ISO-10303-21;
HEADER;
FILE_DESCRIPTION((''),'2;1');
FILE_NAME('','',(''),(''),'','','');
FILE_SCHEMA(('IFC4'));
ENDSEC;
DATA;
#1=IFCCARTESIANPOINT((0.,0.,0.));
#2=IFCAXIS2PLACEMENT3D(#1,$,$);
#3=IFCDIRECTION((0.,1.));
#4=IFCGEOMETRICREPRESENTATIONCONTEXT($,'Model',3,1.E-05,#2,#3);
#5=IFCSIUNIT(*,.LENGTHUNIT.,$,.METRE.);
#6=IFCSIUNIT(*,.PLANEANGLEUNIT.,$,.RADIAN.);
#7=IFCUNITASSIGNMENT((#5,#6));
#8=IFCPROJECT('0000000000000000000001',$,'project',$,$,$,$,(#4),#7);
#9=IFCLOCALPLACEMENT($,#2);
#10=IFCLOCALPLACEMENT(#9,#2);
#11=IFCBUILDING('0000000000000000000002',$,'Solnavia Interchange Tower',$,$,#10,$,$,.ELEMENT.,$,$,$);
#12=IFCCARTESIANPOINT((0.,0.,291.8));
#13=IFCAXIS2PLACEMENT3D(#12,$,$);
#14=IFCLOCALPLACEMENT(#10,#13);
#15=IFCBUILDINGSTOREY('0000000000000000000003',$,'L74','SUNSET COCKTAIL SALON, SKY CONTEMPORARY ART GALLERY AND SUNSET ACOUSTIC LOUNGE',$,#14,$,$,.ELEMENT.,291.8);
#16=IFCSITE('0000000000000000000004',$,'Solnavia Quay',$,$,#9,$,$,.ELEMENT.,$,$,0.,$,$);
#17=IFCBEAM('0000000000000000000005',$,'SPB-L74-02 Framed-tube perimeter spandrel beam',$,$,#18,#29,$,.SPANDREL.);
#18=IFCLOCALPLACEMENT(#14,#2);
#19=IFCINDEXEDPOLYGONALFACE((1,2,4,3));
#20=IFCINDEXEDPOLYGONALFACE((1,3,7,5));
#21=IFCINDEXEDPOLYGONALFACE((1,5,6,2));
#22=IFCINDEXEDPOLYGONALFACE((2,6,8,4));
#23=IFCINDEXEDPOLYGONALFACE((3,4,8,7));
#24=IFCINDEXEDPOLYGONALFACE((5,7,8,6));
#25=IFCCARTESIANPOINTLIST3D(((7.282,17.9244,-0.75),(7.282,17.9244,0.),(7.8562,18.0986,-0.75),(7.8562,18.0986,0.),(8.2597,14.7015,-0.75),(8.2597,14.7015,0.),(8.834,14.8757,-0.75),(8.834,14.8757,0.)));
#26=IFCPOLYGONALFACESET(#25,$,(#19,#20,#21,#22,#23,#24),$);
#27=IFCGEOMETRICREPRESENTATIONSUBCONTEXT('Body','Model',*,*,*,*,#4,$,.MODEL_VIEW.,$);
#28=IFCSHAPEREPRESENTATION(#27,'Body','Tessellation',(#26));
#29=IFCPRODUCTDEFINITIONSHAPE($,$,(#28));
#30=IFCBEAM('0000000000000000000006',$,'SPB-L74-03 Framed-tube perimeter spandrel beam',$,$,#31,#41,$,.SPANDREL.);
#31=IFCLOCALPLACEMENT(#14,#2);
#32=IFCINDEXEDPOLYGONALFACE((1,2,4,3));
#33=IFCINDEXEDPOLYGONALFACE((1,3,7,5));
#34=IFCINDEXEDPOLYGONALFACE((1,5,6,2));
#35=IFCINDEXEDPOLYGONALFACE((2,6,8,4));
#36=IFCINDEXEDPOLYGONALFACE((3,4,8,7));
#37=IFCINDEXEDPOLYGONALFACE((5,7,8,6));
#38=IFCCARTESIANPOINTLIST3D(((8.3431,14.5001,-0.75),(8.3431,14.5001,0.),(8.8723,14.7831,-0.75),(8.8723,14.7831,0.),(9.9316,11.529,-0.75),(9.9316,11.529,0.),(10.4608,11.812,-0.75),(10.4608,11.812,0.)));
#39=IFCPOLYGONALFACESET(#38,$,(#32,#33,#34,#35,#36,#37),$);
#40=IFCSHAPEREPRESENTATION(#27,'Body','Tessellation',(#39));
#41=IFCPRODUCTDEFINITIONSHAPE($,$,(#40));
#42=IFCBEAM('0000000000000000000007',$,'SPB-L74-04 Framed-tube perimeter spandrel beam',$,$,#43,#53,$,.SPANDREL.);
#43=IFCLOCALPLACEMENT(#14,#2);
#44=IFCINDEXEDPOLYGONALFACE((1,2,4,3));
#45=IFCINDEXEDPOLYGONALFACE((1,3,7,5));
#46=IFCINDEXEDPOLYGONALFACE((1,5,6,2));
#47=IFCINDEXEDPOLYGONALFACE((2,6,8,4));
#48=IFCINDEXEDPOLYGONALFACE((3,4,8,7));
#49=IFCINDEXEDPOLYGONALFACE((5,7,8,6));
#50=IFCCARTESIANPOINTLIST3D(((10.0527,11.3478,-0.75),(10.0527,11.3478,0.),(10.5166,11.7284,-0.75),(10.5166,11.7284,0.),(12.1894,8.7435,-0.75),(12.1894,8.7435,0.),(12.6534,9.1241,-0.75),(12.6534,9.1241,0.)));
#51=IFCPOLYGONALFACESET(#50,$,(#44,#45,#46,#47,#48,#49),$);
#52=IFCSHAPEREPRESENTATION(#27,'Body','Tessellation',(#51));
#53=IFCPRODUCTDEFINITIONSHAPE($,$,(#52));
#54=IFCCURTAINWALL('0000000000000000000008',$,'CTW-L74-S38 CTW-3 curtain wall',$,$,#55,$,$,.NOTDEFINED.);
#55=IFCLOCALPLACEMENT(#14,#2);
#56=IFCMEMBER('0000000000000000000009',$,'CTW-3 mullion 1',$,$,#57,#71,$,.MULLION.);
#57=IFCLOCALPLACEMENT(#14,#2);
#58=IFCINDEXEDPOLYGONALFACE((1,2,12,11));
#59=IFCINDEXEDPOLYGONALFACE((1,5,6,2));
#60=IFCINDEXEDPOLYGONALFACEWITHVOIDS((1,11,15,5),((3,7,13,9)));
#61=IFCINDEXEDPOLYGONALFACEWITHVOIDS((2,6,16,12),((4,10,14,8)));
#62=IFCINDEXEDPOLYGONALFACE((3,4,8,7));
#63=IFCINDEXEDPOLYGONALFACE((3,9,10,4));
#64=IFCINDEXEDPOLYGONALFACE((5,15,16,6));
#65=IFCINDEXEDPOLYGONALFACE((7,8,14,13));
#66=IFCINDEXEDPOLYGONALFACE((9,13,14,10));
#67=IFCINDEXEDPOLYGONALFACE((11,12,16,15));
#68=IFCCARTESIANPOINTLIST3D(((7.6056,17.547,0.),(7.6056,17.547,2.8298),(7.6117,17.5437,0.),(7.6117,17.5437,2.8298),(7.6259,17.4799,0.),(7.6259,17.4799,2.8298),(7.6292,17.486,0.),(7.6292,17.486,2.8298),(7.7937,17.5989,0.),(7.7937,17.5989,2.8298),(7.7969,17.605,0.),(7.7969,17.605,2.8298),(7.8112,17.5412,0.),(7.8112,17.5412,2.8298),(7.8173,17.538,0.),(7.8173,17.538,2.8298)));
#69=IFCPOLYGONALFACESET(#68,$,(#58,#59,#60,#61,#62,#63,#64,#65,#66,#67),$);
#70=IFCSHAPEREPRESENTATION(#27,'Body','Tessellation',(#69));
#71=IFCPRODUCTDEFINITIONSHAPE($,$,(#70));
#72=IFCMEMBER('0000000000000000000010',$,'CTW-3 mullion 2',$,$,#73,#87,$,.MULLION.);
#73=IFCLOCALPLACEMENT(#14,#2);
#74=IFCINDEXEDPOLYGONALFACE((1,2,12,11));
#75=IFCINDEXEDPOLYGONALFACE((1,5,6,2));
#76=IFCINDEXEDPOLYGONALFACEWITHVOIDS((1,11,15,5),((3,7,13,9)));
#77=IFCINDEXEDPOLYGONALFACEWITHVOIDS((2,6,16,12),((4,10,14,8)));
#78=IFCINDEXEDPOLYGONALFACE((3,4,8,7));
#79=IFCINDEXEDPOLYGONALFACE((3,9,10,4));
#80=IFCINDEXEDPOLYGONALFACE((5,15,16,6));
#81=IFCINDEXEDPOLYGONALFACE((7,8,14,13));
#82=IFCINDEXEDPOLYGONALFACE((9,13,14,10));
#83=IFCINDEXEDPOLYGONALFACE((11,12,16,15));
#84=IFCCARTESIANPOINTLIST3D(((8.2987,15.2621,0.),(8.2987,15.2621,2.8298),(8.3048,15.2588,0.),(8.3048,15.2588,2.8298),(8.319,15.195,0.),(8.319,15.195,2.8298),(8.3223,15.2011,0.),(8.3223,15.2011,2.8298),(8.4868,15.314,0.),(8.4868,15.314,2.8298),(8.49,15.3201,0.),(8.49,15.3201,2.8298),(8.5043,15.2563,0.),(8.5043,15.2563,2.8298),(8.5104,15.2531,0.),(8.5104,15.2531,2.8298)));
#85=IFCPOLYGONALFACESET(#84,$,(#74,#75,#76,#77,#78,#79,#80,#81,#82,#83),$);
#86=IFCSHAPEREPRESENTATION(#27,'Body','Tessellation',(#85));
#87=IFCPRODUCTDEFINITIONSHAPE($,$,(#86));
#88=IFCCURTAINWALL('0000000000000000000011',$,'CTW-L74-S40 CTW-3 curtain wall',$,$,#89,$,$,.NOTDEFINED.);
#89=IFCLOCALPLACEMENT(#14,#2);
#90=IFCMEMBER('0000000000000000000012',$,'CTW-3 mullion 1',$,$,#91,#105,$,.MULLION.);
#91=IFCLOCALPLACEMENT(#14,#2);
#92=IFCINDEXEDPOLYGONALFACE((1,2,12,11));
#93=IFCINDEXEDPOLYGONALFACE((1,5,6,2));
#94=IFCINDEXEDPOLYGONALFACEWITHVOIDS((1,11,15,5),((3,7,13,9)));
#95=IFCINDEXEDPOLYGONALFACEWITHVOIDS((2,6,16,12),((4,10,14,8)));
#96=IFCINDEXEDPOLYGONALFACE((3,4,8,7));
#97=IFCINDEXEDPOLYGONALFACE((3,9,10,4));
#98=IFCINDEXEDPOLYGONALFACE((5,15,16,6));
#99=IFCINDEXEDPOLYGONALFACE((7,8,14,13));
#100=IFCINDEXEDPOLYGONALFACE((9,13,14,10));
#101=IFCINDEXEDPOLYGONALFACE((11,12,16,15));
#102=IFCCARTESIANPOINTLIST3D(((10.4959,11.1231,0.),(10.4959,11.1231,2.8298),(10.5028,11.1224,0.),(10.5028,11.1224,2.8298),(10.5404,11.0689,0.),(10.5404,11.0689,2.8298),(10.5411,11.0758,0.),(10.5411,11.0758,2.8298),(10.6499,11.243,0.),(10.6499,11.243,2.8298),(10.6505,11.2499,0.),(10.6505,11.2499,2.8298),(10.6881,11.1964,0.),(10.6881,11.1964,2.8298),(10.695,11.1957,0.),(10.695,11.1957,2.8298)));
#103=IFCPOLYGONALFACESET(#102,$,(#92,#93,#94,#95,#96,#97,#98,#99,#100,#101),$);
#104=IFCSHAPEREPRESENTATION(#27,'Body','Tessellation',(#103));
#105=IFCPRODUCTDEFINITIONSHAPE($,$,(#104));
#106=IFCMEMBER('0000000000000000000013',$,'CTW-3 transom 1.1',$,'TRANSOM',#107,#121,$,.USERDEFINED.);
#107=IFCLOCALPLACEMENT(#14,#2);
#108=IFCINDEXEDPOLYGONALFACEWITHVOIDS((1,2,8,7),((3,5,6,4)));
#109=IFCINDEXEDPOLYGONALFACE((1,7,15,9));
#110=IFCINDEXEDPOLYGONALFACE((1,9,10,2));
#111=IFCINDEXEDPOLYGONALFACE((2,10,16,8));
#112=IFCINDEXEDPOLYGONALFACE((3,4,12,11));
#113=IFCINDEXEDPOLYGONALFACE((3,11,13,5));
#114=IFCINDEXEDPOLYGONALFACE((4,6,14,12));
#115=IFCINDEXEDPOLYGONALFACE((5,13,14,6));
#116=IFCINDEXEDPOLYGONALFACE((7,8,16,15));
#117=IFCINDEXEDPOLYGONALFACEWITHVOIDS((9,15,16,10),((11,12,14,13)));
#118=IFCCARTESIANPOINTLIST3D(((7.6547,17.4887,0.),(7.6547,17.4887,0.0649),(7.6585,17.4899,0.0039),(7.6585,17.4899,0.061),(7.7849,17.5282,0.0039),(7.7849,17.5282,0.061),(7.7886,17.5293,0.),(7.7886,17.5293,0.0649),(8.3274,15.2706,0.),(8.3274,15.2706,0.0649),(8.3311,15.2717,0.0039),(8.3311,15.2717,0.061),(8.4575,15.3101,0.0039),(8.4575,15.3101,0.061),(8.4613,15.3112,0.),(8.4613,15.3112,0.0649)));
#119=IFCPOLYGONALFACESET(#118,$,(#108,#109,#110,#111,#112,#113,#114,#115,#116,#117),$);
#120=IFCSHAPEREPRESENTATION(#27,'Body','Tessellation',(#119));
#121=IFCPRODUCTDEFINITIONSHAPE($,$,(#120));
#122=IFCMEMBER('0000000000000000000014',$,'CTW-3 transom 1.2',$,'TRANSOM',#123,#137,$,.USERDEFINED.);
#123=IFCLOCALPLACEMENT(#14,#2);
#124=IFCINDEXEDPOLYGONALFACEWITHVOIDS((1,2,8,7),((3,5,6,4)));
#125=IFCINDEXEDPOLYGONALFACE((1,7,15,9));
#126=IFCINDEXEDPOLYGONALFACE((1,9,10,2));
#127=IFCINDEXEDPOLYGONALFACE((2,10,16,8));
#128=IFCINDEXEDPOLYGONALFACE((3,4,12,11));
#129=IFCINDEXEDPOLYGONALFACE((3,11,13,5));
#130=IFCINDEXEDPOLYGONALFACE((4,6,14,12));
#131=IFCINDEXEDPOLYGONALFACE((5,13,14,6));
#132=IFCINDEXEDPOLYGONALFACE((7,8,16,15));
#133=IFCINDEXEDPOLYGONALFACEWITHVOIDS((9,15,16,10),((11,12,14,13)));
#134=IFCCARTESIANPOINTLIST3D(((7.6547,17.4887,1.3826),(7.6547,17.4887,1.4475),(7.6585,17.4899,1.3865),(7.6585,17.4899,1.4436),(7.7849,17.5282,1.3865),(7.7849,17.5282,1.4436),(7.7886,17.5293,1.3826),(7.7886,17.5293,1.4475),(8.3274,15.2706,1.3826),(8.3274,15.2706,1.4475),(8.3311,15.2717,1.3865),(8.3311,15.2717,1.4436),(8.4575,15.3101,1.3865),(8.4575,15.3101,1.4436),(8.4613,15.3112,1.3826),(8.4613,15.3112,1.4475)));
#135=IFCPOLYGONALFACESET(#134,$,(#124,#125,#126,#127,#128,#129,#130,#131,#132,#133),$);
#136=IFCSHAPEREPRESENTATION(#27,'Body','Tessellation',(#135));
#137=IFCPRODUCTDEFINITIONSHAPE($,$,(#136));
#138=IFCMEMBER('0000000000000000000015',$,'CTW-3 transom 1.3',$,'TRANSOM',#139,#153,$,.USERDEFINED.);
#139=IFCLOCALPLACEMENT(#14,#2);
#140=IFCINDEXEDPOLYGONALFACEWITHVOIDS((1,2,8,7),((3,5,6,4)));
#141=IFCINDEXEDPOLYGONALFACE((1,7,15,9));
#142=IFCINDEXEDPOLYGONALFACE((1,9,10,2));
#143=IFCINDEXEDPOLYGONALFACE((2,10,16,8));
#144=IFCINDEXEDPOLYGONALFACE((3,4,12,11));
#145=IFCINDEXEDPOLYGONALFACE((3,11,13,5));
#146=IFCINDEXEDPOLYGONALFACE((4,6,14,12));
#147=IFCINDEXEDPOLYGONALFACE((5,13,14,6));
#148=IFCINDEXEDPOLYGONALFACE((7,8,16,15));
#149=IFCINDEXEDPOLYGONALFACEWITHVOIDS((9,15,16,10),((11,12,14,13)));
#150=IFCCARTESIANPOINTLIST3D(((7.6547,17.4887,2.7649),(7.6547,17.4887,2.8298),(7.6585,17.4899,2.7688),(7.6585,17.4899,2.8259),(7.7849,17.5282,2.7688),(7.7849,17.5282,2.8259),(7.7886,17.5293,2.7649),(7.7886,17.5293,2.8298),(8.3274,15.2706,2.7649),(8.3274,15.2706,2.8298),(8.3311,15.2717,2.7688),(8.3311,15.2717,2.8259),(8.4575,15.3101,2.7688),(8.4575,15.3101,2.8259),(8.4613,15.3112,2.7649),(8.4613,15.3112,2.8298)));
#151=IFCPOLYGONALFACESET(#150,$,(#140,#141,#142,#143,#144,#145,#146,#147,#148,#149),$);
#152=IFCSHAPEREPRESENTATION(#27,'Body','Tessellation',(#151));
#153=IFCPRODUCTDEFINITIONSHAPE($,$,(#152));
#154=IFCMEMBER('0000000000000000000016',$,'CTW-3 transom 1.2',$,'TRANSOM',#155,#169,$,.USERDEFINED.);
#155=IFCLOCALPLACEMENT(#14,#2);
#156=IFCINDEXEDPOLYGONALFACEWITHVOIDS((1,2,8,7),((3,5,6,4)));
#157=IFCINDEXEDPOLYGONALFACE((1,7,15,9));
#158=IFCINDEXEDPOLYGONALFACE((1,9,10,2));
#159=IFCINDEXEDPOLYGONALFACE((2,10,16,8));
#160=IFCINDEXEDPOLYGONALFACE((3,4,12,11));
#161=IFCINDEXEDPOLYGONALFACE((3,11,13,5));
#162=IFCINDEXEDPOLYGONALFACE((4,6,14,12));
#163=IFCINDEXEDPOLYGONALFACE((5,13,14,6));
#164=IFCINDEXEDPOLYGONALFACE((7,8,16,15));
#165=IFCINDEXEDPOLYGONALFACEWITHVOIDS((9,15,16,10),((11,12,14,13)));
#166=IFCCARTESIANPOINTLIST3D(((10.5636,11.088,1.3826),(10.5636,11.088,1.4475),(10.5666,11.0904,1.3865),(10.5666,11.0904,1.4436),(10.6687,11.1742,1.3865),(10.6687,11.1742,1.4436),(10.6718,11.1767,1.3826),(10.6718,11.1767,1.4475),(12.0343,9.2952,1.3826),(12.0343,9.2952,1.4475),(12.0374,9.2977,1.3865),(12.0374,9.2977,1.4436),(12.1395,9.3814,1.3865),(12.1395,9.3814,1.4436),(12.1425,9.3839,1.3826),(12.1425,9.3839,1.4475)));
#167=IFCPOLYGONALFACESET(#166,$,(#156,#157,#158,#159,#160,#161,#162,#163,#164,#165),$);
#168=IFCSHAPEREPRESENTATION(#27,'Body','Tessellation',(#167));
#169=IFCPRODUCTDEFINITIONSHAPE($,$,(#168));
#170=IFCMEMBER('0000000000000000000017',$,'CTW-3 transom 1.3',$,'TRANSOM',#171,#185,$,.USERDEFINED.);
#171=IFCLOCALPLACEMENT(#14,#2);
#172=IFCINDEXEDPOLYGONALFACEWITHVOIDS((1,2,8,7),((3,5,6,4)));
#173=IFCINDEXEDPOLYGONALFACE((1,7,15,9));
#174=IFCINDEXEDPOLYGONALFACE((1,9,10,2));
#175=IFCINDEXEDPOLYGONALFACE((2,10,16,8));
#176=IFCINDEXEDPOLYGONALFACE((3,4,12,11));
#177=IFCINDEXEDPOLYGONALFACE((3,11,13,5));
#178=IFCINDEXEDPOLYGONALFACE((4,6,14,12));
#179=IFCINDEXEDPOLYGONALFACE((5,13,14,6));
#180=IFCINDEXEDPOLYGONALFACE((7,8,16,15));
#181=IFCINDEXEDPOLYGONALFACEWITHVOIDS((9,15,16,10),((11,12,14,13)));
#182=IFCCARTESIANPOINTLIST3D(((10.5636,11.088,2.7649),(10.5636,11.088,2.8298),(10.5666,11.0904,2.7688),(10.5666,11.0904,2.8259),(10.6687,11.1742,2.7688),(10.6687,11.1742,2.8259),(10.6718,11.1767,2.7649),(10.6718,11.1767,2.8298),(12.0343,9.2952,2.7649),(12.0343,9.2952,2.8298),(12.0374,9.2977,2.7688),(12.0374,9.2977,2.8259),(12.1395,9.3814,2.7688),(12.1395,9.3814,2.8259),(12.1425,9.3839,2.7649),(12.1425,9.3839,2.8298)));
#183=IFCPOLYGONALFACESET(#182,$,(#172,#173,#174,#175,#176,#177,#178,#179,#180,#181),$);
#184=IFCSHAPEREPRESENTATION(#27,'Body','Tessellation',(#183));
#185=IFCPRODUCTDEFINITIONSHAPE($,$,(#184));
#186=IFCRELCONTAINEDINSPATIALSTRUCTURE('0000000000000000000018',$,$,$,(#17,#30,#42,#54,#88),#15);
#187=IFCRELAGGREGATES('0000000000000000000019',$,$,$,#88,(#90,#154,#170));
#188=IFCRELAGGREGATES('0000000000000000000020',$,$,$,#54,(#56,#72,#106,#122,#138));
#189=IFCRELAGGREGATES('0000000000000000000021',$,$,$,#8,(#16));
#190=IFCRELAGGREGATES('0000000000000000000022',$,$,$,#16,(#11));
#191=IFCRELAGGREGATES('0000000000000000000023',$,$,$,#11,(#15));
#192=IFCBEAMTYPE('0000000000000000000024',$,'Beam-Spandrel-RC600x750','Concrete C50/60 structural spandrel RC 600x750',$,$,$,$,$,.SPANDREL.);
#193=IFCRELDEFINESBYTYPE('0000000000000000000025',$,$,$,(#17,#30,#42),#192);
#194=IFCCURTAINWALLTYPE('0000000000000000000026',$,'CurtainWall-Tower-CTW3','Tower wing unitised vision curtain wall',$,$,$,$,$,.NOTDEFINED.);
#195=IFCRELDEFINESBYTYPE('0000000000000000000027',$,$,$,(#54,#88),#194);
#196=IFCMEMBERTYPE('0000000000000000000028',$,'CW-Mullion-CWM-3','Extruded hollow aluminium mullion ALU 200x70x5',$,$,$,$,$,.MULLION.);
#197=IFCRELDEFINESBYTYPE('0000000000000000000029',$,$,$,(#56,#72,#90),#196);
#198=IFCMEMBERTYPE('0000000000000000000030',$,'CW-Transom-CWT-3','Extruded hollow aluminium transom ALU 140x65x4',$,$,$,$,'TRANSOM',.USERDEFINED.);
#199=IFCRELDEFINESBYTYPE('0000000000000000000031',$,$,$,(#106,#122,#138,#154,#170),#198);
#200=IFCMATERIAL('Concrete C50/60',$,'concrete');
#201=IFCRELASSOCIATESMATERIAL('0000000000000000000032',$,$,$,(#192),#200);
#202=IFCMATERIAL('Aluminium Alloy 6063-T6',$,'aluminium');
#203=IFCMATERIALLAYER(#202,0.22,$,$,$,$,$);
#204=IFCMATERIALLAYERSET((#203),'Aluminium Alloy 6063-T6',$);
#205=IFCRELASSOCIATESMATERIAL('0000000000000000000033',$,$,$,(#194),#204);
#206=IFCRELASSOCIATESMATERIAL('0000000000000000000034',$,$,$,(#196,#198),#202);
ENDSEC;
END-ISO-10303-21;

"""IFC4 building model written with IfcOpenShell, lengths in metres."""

from ifc_helpers import new_model, si_unit, direction, frame, origin, origin_2d, place, context, subcontext, project, spatial, rectangle, hollow_rectangle, extrude, material, layer, layer_set, material_profile, profile_set, type_object, element, aggregate, save


model = new_model("IFC4")

# Units and contexts
model_context = context("Model", 3, precision=1e-05, world=origin(), true_north=direction((0.0, 1.0)))
body_context = subcontext(model_context, "Body", "Model", "MODEL_VIEW")
ifc_project = project(units=[si_unit("LENGTHUNIT", "METRE"), si_unit("PLANEANGLEUNIT", "RADIAN")], contexts=[model_context])

# Site, building, storey
site_placement = place(None, origin())
site = spatial("IfcSite", under=ifc_project, at=site_placement, Name="Solnavia Quay", CompositionType="ELEMENT", RefElevation=0.0)
building_placement = place(site_placement, origin())
building = spatial("IfcBuilding", under=site, at=building_placement, Name="Solnavia Interchange Tower", CompositionType="ELEMENT")
storey_placement = place(building_placement, frame((0.0, 0.0, 291.8)))
storey = spatial("IfcBuildingStorey", under=building, at=storey_placement, Name="L74", Description="SUNSET COCKTAIL SALON, SKY CONTEMPORARY ART GALLERY AND SUNSET ACOUSTIC LOUNGE", CompositionType="ELEMENT", Elevation=291.8)

# Shared definitions
ifc_material_1 = material(Name="Concrete C50/60", Category="concrete")

# Beams
ifc_material_profile_1 = material_profile(ifc_material_1, rectangle(XDim=0.6001, YDim=0.75, at=origin_2d()), Name="RC 600x750")
ifc_profile_set_1 = profile_set([ifc_material_profile_1], Name="Concrete C50/60")
beam_type_1 = type_object("IfcBeamType", Name="Beam-Spandrel-RC600x750", Description="Concrete C50/60 structural spandrel RC 600x750", PredefinedType="SPANDREL", material=ifc_profile_set_1)
beam_1_placement = place(storey_placement, frame((7.5691, 18.0115, -0.375), z_axis=(0.290319, -0.95693, 0.0), x_axis=(0.95693, 0.290319, 0.0)))
element("IfcBeam", 1, at=beam_1_placement, inside=storey, type_object=beam_type_1, Name="SPB-L74-02 Framed-tube perimeter spandrel beam", PredefinedType="SPANDREL", context=body_context, shape_type="SweptSolid", body=[
    extrude(rectangle(XDim=0.6001, YDim=0.75, at=origin_2d()), origin(), (0.0, 0.0, 1.0), 3.3679),
])
beam_2_placement = place(storey_placement, frame((8.6077, 14.6416, -0.375), z_axis=(0.471509, -0.881861, 0.0), x_axis=(0.881861, 0.471509, 0.0)))
element("IfcBeam", 2, at=beam_2_placement, inside=storey, type_object=beam_type_1, Name="SPB-L74-03 Framed-tube perimeter spandrel beam", PredefinedType="SPANDREL", context=body_context, shape_type="SweptSolid", body=[
    extrude(rectangle(XDim=0.6001, YDim=0.75, at=origin_2d()), origin(), (0.0, 0.0, 1.0), 3.3691),
])
beam_3_placement = place(storey_placement, frame((10.2847, 11.5381, -0.375), z_axis=(0.634299, -0.773088, 0.0), x_axis=(0.773088, 0.634299, 0.0)))
element("IfcBeam", 3, at=beam_3_placement, inside=storey, type_object=beam_type_1, Name="SPB-L74-04 Framed-tube perimeter spandrel beam", PredefinedType="SPANDREL", context=body_context, shape_type="SweptSolid", body=[
    extrude(rectangle(XDim=0.6001, YDim=0.75, at=origin_2d()), origin(), (0.0, 0.0, 1.0), 3.3687),
])

# Curtain wall, members
ifc_material_2 = material(Name="Aluminium Alloy 6063-T6", Category="aluminium")
ifc_layer_1 = layer(ifc_material_2, 0.22)
ifc_layer_set_1 = layer_set([ifc_layer_1], Name="Aluminium Alloy 6063-T6")
curtain_wall_type = type_object("IfcCurtainWallType", Name="CurtainWall-Tower-CTW3", Description="Tower wing unitised vision curtain wall", PredefinedType="NOTDEFINED", material=ifc_layer_set_1)
curtain_wall_1_placement = place(storey_placement, origin())
curtain_wall_1 = element("IfcCurtainWall", 4, at=curtain_wall_1_placement, inside=storey, type_object=curtain_wall_type, Name="CTW-L74-S38 CTW-3 curtain wall", PredefinedType="NOTDEFINED")
ifc_material_profile_2 = material_profile(ifc_material_2, hollow_rectangle(XDim=0.0701, YDim=0.2, WallThickness=0.0049, at=origin_2d()), Name="ALU 200x70x5")
ifc_profile_set_2 = profile_set([ifc_material_profile_2], Name="Aluminium Alloy 6063-T6")
member_type_1 = type_object("IfcMemberType", Name="CW-Mullion-CWM-3", Description="Extruded hollow aluminium mullion ALU 200x70x5", PredefinedType="MULLION", material=ifc_profile_set_2)
member_1_placement = place(storey_placement, frame((7.7114, 17.5425, 0.0), z_axis=(0.0, 0.0, 1.0), x_axis=(0.290258, -0.956948, 0.0)))
member_1 = element("IfcMember", 5, at=member_1_placement, type_object=member_type_1, Name="CTW-3 mullion 1", PredefinedType="MULLION", context=body_context, shape_type="SweptSolid", body=[
    extrude(hollow_rectangle(XDim=0.0701, YDim=0.2, WallThickness=0.0049, at=origin_2d()), origin(), (0.0, 0.0, 1.0), 2.8298),
])
member_2_placement = place(storey_placement, frame((8.4045, 15.2576, 0.0), z_axis=(0.0, 0.0, 1.0), x_axis=(0.290258, -0.956948, 0.0)))
member_2 = element("IfcMember", 6, at=member_2_placement, type_object=member_type_1, Name="CTW-3 mullion 2", PredefinedType="MULLION", context=body_context, shape_type="SweptSolid", body=[
    extrude(hollow_rectangle(XDim=0.0701, YDim=0.2, WallThickness=0.0049, at=origin_2d()), origin(), (0.0, 0.0, 1.0), 2.8298),
])

# Curtain wall, member
curtain_wall_2_placement = place(storey_placement, origin())
curtain_wall_2 = element("IfcCurtainWall", 7, at=curtain_wall_2_placement, inside=storey, type_object=curtain_wall_type, Name="CTW-L74-S40 CTW-3 curtain wall", PredefinedType="NOTDEFINED")
member_3_placement = place(storey_placement, frame((10.5955, 11.1594, 0.0), z_axis=(0.0, 0.0, 1.0), x_axis=(0.634261, -0.773119, 0.0)))
member_3 = element("IfcMember", 8, at=member_3_placement, type_object=member_type_1, Name="CTW-3 mullion 1", PredefinedType="MULLION", context=body_context, shape_type="SweptSolid", body=[
    extrude(hollow_rectangle(XDim=0.0701, YDim=0.2, WallThickness=0.0049, at=origin_2d()), origin(), (0.0, 0.0, 1.0), 2.8298),
])

# Members
ifc_material_profile_3 = material_profile(ifc_material_2, hollow_rectangle(XDim=0.0649, YDim=0.1399, WallThickness=0.0039, at=origin_2d()), Name="ALU 140x65x4")
ifc_profile_set_3 = profile_set([ifc_material_profile_3], Name="Aluminium Alloy 6063-T6")
member_type_2 = type_object("IfcMemberType", Name="CW-Transom-CWT-3", Description="Extruded hollow aluminium transom ALU 140x65x4", ElementType="TRANSOM", PredefinedType="USERDEFINED", material=ifc_profile_set_3)
member_4_placement = place(storey_placement, frame((7.7217, 17.509, 0.0325), z_axis=(0.290197, -0.956967, 0.0), x_axis=(0.0, 0.0, 1.0)))
member_4 = element("IfcMember", 9, at=member_4_placement, type_object=member_type_2, Name="CTW-3 transom 1.1", ObjectType="TRANSOM", PredefinedType="USERDEFINED", context=body_context, shape_type="SweptSolid", body=[
    extrude(hollow_rectangle(XDim=0.0649, YDim=0.1399, WallThickness=0.0039, at=origin_2d()), origin(), (0.0, 0.0, 1.0), 2.3179),
])
member_5_placement = place(storey_placement, frame((7.7217, 17.509, 1.415), z_axis=(0.290197, -0.956967, 0.0), x_axis=(0.0, 0.0, 1.0)))
member_5 = element("IfcMember", 10, at=member_5_placement, type_object=member_type_2, Name="CTW-3 transom 1.2", ObjectType="TRANSOM", PredefinedType="USERDEFINED", context=body_context, shape_type="SweptSolid", body=[
    extrude(hollow_rectangle(XDim=0.0649, YDim=0.1399, WallThickness=0.0039, at=origin_2d()), origin(), (0.0, 0.0, 1.0), 2.3179),
])
member_6_placement = place(storey_placement, frame((7.7217, 17.509, 2.7974), z_axis=(0.290197, -0.956967, 0.0), x_axis=(0.0, 0.0, 1.0)))
member_6 = element("IfcMember", 11, at=member_6_placement, type_object=member_type_2, Name="CTW-3 transom 1.3", ObjectType="TRANSOM", PredefinedType="USERDEFINED", context=body_context, shape_type="SweptSolid", body=[
    extrude(hollow_rectangle(XDim=0.0649, YDim=0.1399, WallThickness=0.0039, at=origin_2d()), origin(), (0.0, 0.0, 1.0), 2.3179),
])
member_7_placement = place(storey_placement, frame((10.6177, 11.1323, 1.415), z_axis=(0.634252, -0.773126, 0.0), x_axis=(0.0, 0.0, 1.0)))
member_7 = element("IfcMember", 12, at=member_7_placement, type_object=member_type_2, Name="CTW-3 transom 1.2", ObjectType="TRANSOM", PredefinedType="USERDEFINED", context=body_context, shape_type="SweptSolid", body=[
    extrude(hollow_rectangle(XDim=0.0649, YDim=0.1399, WallThickness=0.0039, at=origin_2d()), origin(), (0.0, 0.0, 1.0), 2.3188),
])
member_8_placement = place(storey_placement, frame((10.6177, 11.1323, 2.7974), z_axis=(0.634252, -0.773126, 0.0), x_axis=(0.0, 0.0, 1.0)))
member_8 = element("IfcMember", 13, at=member_8_placement, type_object=member_type_2, Name="CTW-3 transom 1.3", ObjectType="TRANSOM", PredefinedType="USERDEFINED", context=body_context, shape_type="SweptSolid", body=[
    extrude(hollow_rectangle(XDim=0.0649, YDim=0.1399, WallThickness=0.0039, at=origin_2d()), origin(), (0.0, 0.0, 1.0), 2.3188),
])
aggregate(curtain_wall_2, [member_3, member_7, member_8])

aggregate(curtain_wall_1, [member_1, member_2, member_4, member_5, member_6])

save(model, "model.ifc")
